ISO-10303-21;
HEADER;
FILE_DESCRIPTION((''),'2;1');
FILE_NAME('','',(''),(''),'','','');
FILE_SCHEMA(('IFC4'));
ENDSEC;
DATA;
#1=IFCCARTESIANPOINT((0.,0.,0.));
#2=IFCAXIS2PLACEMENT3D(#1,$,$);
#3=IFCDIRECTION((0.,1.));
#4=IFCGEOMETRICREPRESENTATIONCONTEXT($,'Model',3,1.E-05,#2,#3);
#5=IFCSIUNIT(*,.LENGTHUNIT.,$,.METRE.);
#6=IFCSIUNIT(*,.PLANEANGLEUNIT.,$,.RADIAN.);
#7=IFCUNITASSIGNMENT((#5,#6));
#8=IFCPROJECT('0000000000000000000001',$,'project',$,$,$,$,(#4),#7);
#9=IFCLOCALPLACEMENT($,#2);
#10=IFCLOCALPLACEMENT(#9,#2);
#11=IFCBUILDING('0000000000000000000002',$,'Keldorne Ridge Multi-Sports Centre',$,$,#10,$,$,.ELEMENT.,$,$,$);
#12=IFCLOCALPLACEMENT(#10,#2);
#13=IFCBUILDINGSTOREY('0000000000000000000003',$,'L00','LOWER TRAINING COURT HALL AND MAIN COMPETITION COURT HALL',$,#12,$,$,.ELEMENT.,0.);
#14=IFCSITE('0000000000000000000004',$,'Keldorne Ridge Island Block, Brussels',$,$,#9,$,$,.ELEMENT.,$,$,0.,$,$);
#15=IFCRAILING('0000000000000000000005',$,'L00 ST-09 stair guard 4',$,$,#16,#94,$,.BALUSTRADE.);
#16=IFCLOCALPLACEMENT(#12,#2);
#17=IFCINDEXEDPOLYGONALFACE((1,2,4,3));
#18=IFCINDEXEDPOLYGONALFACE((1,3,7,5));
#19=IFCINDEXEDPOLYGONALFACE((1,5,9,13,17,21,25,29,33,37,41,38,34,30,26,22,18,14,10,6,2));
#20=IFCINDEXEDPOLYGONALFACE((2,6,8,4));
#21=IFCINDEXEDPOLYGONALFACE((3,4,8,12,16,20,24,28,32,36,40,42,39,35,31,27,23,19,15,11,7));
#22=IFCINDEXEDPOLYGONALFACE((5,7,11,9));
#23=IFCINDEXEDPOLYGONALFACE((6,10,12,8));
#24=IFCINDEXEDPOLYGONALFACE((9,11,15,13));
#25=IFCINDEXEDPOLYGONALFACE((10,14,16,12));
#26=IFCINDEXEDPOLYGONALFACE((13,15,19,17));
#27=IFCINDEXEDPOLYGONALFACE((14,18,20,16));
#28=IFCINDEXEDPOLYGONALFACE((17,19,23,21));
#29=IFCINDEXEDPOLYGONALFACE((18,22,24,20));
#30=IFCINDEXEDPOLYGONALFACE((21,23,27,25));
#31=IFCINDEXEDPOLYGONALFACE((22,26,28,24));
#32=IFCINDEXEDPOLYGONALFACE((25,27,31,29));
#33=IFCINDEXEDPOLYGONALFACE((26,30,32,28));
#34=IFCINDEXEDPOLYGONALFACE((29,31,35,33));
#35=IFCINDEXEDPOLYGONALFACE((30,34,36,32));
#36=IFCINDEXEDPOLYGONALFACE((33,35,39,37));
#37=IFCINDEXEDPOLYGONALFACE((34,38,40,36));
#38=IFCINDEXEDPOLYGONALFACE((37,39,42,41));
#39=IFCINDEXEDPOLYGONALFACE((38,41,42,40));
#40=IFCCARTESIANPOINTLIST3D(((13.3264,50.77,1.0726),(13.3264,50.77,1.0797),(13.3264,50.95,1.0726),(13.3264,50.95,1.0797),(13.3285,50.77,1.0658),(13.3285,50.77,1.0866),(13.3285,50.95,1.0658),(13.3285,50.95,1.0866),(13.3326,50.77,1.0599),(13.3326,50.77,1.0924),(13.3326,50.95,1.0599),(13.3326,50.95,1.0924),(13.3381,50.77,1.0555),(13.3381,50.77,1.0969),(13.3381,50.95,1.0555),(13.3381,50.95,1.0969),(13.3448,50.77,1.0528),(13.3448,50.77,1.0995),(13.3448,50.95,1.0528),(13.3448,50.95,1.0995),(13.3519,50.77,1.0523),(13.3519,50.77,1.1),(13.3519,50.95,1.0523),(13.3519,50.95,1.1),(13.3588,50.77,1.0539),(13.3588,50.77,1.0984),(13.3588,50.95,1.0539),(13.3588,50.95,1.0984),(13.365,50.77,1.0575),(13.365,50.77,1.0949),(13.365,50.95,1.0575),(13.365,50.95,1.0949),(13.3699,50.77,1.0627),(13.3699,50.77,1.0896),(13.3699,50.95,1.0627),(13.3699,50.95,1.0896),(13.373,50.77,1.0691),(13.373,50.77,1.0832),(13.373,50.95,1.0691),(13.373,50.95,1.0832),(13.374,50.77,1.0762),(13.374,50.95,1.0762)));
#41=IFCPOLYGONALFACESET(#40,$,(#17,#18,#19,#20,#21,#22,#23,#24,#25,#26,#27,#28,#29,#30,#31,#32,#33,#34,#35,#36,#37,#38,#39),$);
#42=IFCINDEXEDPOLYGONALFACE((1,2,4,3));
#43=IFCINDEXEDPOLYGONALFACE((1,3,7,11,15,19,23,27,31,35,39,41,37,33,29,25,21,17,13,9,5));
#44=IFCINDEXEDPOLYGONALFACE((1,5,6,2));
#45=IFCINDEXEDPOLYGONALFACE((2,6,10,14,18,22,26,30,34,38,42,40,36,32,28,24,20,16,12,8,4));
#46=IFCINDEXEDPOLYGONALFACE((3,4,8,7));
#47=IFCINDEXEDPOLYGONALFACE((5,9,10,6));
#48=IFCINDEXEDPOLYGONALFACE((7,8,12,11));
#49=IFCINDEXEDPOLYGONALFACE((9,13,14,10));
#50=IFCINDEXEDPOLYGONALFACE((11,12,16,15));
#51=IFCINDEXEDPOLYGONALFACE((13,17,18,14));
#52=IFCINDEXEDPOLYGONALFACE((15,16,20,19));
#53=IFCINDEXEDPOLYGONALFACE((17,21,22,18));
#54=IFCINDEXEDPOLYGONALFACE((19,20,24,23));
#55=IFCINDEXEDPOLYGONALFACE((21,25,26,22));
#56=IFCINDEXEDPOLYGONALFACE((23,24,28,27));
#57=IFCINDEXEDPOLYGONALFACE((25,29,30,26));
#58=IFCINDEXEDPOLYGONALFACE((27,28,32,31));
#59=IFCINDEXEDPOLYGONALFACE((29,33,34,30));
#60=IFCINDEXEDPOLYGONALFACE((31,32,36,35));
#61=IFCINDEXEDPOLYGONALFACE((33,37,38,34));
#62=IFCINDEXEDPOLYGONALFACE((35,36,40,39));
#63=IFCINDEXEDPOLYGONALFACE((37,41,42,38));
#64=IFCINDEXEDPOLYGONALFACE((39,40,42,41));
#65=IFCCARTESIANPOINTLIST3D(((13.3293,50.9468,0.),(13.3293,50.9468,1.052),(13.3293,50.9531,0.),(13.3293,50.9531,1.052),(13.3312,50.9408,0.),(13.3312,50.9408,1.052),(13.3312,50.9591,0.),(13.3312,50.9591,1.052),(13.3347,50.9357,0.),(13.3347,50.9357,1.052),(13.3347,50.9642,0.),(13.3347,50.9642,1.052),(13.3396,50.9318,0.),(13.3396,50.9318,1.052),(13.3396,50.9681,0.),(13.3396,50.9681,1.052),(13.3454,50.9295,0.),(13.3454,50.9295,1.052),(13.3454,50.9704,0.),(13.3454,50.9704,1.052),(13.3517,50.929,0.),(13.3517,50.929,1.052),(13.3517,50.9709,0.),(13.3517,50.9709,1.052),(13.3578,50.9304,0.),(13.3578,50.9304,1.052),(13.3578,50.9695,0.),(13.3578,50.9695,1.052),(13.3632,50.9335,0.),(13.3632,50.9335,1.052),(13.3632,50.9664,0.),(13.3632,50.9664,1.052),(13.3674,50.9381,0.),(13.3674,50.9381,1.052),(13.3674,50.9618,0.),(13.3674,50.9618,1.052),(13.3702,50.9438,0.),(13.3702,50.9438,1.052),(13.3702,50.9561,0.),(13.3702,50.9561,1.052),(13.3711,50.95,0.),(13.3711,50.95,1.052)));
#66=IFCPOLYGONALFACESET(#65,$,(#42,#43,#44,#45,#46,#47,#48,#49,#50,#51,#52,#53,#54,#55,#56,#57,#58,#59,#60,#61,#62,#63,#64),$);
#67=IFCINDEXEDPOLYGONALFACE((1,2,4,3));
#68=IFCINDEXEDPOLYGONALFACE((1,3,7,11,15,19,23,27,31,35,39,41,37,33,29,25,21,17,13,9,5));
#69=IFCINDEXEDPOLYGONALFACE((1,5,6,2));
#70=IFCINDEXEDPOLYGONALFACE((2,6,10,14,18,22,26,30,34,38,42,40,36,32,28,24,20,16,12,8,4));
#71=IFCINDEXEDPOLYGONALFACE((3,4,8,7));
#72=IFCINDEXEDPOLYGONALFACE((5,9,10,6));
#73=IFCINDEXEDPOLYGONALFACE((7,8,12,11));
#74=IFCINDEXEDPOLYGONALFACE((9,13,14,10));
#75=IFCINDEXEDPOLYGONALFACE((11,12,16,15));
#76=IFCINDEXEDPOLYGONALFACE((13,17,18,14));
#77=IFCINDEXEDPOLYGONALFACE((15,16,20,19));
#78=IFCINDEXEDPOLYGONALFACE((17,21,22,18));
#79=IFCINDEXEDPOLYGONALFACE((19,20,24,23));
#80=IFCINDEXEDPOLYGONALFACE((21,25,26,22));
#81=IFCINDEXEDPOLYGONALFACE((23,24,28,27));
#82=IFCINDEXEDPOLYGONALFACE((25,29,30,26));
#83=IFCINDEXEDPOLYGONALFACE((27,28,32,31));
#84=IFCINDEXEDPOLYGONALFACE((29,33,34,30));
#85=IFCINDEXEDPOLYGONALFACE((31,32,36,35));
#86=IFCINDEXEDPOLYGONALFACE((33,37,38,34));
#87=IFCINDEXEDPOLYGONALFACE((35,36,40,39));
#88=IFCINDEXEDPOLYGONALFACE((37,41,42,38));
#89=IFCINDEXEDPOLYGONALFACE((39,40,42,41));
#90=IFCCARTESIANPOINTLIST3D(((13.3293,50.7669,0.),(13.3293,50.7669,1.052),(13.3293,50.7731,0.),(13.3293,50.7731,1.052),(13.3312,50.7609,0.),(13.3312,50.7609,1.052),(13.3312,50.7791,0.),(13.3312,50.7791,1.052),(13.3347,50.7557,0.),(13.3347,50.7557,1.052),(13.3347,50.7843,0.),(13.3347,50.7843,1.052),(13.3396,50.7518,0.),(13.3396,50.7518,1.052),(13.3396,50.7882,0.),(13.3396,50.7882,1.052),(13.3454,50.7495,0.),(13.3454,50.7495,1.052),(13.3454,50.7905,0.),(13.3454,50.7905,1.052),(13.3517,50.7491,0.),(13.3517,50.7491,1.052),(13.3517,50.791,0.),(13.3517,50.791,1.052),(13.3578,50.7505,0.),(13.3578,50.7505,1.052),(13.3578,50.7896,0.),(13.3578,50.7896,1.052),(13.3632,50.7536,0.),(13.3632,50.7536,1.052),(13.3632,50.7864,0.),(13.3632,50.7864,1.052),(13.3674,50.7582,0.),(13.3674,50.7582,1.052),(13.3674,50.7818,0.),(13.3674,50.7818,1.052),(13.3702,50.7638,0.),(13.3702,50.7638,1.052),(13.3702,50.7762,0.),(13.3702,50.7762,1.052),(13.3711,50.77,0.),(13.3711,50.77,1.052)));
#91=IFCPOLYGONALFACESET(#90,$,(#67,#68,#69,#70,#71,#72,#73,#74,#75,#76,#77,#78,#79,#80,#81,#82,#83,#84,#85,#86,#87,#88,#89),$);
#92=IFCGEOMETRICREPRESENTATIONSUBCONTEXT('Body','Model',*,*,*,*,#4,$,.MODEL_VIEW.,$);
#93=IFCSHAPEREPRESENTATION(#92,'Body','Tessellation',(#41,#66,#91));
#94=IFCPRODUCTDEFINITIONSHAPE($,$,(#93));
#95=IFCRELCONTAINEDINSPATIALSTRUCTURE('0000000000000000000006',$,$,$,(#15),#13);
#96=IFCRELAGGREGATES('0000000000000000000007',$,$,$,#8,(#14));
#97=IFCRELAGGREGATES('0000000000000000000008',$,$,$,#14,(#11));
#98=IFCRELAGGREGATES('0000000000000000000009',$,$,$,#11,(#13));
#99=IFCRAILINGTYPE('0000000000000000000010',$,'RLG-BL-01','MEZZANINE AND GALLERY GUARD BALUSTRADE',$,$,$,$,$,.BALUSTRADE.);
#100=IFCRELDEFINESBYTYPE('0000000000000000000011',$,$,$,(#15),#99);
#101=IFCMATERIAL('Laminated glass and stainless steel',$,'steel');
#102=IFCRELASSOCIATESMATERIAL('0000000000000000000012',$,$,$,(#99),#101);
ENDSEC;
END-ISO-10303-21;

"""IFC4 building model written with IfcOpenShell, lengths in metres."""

from ifc_helpers import new_model, si_unit, direction, frame, origin, origin_2d, place, context, subcontext, project, spatial, circle, extrude, material, type_object, element, save


model = new_model("IFC4")

# Units and contexts
model_context = context("Model", 3, precision=1e-05, world=origin(), true_north=direction((0.0, 1.0)))
body_context = subcontext(model_context, "Body", "Model", "MODEL_VIEW")
ifc_project = project(units=[si_unit("LENGTHUNIT", "METRE"), si_unit("PLANEANGLEUNIT", "RADIAN")], contexts=[model_context])

# Site, building, storey
site_placement = place(None, origin())
site = spatial("IfcSite", under=ifc_project, at=site_placement, Name="Keldorne Ridge Island Block, Brussels", CompositionType="ELEMENT", RefElevation=0.0)
building_placement = place(site_placement, origin())
building = spatial("IfcBuilding", under=site, at=building_placement, Name="Keldorne Ridge Multi-Sports Centre", CompositionType="ELEMENT")
storey_placement = place(building_placement, origin())
storey = spatial("IfcBuildingStorey", under=building, at=storey_placement, Name="L00", Description="LOWER TRAINING COURT HALL AND MAIN COMPETITION COURT HALL", CompositionType="ELEMENT", Elevation=0.0)

# Railing
ifc_material_1 = material(Name="Laminated glass and stainless steel", Category="steel")
railing_type_1 = type_object("IfcRailingType", Name="RLG-BL-01", Description="MEZZANINE AND GALLERY GUARD BALUSTRADE", PredefinedType="BALUSTRADE", material=ifc_material_1)
railing_1_placement = place(storey_placement, frame((13.3501, 50.95, 0.0)))
element("IfcRailing", 1, at=railing_1_placement, inside=storey, type_object=railing_type_1, Name="L00 ST-09 stair guard 4", PredefinedType="BALUSTRADE", context=body_context, shape_type="SweptSolid", body=[
    extrude(circle(Radius=0.0239, at=origin_2d()), frame((0.0, 0.0, 1.0762), z_axis=(0.0, -1.0, 0.0), x_axis=(1.0, 0.0, 0.0)), (0.0, 0.0, 1.0), 0.1799),
    extrude(circle(Radius=0.021, at=origin_2d()), origin(), (0.0, 0.0, 1.0), 1.052),
    extrude(circle(Radius=0.021, at=origin_2d()), frame((0.0, -0.1799, 0.0)), (0.0, 0.0, 1.0), 1.052),
])

save(model, "model.ifc")
